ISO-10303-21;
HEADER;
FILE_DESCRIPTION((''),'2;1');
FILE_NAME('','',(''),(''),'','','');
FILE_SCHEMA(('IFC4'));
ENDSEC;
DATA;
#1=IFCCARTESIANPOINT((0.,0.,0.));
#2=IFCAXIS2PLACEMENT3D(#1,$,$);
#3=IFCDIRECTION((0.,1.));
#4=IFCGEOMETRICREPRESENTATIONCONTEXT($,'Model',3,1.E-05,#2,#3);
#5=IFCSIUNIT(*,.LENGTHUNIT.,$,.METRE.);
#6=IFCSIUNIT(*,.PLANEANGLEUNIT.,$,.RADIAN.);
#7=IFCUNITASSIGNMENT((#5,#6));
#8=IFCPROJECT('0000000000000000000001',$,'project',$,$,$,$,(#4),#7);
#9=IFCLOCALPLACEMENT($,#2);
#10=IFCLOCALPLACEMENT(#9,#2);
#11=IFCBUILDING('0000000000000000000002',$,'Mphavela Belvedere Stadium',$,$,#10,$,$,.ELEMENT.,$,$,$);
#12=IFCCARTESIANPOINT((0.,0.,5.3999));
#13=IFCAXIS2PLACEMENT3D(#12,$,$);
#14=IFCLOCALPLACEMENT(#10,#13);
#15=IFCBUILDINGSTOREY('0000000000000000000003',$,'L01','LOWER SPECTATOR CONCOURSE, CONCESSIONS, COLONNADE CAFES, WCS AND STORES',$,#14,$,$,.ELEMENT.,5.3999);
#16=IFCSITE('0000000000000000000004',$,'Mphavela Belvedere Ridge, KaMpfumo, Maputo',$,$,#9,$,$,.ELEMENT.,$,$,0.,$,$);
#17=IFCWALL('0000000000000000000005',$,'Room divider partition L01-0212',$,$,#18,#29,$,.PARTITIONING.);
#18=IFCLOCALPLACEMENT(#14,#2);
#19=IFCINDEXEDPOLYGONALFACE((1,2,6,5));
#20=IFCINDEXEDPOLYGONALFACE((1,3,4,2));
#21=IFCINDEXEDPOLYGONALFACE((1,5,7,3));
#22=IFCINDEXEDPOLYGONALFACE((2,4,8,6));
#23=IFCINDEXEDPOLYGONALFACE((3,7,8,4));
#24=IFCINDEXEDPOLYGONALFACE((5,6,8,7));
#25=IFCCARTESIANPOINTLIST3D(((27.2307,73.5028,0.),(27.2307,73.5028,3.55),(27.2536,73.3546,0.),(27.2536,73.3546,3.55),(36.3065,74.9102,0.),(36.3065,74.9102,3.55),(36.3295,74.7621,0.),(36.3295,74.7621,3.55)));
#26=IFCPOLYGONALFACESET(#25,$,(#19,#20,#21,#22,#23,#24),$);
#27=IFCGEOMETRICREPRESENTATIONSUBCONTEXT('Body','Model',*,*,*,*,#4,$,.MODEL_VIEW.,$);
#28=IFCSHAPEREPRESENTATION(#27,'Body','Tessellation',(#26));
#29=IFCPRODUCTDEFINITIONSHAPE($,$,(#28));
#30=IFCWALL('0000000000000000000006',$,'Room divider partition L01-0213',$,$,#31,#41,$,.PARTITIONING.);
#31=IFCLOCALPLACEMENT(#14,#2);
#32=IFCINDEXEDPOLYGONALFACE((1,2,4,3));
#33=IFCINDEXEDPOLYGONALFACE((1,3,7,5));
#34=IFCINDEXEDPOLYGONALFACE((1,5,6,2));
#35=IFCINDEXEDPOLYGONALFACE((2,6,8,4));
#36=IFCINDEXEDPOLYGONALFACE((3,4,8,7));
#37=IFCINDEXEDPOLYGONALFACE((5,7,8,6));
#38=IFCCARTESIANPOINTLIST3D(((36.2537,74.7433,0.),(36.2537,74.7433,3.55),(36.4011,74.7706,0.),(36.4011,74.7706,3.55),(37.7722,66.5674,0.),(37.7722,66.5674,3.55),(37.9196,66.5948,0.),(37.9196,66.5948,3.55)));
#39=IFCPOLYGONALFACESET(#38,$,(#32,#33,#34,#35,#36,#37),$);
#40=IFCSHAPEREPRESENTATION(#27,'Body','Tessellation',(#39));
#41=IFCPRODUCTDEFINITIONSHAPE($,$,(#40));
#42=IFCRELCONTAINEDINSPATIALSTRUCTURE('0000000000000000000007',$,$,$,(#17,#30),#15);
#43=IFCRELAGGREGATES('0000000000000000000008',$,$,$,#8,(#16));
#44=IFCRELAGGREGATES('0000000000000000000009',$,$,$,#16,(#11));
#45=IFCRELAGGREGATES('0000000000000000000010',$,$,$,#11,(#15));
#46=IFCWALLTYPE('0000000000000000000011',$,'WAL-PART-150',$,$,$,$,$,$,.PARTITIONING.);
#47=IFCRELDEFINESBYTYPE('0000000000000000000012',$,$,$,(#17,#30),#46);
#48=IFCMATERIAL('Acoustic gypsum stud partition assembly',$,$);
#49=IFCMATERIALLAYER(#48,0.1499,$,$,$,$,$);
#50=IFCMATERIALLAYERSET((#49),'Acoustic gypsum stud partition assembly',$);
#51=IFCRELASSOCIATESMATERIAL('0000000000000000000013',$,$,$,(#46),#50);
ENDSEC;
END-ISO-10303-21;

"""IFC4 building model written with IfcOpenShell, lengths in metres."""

from ifc_helpers import new_model, si_unit, direction, frame, frame_2d, origin, place, context, subcontext, project, spatial, rectangle, extrude, material, layer, layer_set, type_object, element, save


model = new_model("IFC4")

# Units and contexts
model_context = context("Model", 3, precision=1e-05, world=origin(), true_north=direction((0.0, 1.0)))
body_context = subcontext(model_context, "Body", "Model", "MODEL_VIEW")
ifc_project = project(units=[si_unit("LENGTHUNIT", "METRE"), si_unit("PLANEANGLEUNIT", "RADIAN")], contexts=[model_context])

# Site, building, storey
site_placement = place(None, origin())
site = spatial("IfcSite", under=ifc_project, at=site_placement, Name="Mphavela Belvedere Ridge, KaMpfumo, Maputo", CompositionType="ELEMENT", RefElevation=0.0)
building_placement = place(site_placement, origin())
building = spatial("IfcBuilding", under=site, at=building_placement, Name="Mphavela Belvedere Stadium", CompositionType="ELEMENT")
storey_placement = place(building_placement, frame((0.0, 0.0, 5.3999)))
storey = spatial("IfcBuildingStorey", under=building, at=storey_placement, Name="L01", Description="LOWER SPECTATOR CONCOURSE, CONCESSIONS, COLONNADE CAFES, WCS AND STORES", CompositionType="ELEMENT", Elevation=5.3999)

# Walls
ifc_material_1 = material(Name="Acoustic gypsum stud partition assembly")
ifc_layer_1 = layer(ifc_material_1, 0.1499)
ifc_layer_set_1 = layer_set([ifc_layer_1], Name="Acoustic gypsum stud partition assembly")
wall_type = type_object("IfcWallType", Name="WAL-PART-150", PredefinedType="PARTITIONING", material=ifc_layer_set_1)
wall_1_placement = place(storey_placement, frame((36.3181, 74.8362, 0.0), z_axis=(0.0, 0.0, 1.0), x_axis=(-0.988188, -0.153246, 0.0)))
element("IfcWall", 1, at=wall_1_placement, inside=storey, type_object=wall_type, Name="Room divider partition L01-0212", PredefinedType="PARTITIONING", context=body_context, shape_type="SweptSolid", body=[
    extrude(rectangle(XDim=9.1843, YDim=0.1499, at=frame_2d((4.5923, 0.0))), origin(), (0.0, 0.0, 1.0), 3.55),
])
wall_2_placement = place(storey_placement, frame((36.3274, 74.7568, 0.0), z_axis=(0.0, 0.0, 1.0), x_axis=(0.182615, -0.983185, 0.0)))
element("IfcWall", 2, at=wall_2_placement, inside=storey, type_object=wall_type, Name="Room divider partition L01-0213", PredefinedType="PARTITIONING", context=body_context, shape_type="SweptSolid", body=[
    extrude(rectangle(XDim=8.3157, YDim=0.1499, at=frame_2d((4.1577, 0.0))), origin(), (0.0, 0.0, 1.0), 3.55),
])

save(model, "model.ifc")
